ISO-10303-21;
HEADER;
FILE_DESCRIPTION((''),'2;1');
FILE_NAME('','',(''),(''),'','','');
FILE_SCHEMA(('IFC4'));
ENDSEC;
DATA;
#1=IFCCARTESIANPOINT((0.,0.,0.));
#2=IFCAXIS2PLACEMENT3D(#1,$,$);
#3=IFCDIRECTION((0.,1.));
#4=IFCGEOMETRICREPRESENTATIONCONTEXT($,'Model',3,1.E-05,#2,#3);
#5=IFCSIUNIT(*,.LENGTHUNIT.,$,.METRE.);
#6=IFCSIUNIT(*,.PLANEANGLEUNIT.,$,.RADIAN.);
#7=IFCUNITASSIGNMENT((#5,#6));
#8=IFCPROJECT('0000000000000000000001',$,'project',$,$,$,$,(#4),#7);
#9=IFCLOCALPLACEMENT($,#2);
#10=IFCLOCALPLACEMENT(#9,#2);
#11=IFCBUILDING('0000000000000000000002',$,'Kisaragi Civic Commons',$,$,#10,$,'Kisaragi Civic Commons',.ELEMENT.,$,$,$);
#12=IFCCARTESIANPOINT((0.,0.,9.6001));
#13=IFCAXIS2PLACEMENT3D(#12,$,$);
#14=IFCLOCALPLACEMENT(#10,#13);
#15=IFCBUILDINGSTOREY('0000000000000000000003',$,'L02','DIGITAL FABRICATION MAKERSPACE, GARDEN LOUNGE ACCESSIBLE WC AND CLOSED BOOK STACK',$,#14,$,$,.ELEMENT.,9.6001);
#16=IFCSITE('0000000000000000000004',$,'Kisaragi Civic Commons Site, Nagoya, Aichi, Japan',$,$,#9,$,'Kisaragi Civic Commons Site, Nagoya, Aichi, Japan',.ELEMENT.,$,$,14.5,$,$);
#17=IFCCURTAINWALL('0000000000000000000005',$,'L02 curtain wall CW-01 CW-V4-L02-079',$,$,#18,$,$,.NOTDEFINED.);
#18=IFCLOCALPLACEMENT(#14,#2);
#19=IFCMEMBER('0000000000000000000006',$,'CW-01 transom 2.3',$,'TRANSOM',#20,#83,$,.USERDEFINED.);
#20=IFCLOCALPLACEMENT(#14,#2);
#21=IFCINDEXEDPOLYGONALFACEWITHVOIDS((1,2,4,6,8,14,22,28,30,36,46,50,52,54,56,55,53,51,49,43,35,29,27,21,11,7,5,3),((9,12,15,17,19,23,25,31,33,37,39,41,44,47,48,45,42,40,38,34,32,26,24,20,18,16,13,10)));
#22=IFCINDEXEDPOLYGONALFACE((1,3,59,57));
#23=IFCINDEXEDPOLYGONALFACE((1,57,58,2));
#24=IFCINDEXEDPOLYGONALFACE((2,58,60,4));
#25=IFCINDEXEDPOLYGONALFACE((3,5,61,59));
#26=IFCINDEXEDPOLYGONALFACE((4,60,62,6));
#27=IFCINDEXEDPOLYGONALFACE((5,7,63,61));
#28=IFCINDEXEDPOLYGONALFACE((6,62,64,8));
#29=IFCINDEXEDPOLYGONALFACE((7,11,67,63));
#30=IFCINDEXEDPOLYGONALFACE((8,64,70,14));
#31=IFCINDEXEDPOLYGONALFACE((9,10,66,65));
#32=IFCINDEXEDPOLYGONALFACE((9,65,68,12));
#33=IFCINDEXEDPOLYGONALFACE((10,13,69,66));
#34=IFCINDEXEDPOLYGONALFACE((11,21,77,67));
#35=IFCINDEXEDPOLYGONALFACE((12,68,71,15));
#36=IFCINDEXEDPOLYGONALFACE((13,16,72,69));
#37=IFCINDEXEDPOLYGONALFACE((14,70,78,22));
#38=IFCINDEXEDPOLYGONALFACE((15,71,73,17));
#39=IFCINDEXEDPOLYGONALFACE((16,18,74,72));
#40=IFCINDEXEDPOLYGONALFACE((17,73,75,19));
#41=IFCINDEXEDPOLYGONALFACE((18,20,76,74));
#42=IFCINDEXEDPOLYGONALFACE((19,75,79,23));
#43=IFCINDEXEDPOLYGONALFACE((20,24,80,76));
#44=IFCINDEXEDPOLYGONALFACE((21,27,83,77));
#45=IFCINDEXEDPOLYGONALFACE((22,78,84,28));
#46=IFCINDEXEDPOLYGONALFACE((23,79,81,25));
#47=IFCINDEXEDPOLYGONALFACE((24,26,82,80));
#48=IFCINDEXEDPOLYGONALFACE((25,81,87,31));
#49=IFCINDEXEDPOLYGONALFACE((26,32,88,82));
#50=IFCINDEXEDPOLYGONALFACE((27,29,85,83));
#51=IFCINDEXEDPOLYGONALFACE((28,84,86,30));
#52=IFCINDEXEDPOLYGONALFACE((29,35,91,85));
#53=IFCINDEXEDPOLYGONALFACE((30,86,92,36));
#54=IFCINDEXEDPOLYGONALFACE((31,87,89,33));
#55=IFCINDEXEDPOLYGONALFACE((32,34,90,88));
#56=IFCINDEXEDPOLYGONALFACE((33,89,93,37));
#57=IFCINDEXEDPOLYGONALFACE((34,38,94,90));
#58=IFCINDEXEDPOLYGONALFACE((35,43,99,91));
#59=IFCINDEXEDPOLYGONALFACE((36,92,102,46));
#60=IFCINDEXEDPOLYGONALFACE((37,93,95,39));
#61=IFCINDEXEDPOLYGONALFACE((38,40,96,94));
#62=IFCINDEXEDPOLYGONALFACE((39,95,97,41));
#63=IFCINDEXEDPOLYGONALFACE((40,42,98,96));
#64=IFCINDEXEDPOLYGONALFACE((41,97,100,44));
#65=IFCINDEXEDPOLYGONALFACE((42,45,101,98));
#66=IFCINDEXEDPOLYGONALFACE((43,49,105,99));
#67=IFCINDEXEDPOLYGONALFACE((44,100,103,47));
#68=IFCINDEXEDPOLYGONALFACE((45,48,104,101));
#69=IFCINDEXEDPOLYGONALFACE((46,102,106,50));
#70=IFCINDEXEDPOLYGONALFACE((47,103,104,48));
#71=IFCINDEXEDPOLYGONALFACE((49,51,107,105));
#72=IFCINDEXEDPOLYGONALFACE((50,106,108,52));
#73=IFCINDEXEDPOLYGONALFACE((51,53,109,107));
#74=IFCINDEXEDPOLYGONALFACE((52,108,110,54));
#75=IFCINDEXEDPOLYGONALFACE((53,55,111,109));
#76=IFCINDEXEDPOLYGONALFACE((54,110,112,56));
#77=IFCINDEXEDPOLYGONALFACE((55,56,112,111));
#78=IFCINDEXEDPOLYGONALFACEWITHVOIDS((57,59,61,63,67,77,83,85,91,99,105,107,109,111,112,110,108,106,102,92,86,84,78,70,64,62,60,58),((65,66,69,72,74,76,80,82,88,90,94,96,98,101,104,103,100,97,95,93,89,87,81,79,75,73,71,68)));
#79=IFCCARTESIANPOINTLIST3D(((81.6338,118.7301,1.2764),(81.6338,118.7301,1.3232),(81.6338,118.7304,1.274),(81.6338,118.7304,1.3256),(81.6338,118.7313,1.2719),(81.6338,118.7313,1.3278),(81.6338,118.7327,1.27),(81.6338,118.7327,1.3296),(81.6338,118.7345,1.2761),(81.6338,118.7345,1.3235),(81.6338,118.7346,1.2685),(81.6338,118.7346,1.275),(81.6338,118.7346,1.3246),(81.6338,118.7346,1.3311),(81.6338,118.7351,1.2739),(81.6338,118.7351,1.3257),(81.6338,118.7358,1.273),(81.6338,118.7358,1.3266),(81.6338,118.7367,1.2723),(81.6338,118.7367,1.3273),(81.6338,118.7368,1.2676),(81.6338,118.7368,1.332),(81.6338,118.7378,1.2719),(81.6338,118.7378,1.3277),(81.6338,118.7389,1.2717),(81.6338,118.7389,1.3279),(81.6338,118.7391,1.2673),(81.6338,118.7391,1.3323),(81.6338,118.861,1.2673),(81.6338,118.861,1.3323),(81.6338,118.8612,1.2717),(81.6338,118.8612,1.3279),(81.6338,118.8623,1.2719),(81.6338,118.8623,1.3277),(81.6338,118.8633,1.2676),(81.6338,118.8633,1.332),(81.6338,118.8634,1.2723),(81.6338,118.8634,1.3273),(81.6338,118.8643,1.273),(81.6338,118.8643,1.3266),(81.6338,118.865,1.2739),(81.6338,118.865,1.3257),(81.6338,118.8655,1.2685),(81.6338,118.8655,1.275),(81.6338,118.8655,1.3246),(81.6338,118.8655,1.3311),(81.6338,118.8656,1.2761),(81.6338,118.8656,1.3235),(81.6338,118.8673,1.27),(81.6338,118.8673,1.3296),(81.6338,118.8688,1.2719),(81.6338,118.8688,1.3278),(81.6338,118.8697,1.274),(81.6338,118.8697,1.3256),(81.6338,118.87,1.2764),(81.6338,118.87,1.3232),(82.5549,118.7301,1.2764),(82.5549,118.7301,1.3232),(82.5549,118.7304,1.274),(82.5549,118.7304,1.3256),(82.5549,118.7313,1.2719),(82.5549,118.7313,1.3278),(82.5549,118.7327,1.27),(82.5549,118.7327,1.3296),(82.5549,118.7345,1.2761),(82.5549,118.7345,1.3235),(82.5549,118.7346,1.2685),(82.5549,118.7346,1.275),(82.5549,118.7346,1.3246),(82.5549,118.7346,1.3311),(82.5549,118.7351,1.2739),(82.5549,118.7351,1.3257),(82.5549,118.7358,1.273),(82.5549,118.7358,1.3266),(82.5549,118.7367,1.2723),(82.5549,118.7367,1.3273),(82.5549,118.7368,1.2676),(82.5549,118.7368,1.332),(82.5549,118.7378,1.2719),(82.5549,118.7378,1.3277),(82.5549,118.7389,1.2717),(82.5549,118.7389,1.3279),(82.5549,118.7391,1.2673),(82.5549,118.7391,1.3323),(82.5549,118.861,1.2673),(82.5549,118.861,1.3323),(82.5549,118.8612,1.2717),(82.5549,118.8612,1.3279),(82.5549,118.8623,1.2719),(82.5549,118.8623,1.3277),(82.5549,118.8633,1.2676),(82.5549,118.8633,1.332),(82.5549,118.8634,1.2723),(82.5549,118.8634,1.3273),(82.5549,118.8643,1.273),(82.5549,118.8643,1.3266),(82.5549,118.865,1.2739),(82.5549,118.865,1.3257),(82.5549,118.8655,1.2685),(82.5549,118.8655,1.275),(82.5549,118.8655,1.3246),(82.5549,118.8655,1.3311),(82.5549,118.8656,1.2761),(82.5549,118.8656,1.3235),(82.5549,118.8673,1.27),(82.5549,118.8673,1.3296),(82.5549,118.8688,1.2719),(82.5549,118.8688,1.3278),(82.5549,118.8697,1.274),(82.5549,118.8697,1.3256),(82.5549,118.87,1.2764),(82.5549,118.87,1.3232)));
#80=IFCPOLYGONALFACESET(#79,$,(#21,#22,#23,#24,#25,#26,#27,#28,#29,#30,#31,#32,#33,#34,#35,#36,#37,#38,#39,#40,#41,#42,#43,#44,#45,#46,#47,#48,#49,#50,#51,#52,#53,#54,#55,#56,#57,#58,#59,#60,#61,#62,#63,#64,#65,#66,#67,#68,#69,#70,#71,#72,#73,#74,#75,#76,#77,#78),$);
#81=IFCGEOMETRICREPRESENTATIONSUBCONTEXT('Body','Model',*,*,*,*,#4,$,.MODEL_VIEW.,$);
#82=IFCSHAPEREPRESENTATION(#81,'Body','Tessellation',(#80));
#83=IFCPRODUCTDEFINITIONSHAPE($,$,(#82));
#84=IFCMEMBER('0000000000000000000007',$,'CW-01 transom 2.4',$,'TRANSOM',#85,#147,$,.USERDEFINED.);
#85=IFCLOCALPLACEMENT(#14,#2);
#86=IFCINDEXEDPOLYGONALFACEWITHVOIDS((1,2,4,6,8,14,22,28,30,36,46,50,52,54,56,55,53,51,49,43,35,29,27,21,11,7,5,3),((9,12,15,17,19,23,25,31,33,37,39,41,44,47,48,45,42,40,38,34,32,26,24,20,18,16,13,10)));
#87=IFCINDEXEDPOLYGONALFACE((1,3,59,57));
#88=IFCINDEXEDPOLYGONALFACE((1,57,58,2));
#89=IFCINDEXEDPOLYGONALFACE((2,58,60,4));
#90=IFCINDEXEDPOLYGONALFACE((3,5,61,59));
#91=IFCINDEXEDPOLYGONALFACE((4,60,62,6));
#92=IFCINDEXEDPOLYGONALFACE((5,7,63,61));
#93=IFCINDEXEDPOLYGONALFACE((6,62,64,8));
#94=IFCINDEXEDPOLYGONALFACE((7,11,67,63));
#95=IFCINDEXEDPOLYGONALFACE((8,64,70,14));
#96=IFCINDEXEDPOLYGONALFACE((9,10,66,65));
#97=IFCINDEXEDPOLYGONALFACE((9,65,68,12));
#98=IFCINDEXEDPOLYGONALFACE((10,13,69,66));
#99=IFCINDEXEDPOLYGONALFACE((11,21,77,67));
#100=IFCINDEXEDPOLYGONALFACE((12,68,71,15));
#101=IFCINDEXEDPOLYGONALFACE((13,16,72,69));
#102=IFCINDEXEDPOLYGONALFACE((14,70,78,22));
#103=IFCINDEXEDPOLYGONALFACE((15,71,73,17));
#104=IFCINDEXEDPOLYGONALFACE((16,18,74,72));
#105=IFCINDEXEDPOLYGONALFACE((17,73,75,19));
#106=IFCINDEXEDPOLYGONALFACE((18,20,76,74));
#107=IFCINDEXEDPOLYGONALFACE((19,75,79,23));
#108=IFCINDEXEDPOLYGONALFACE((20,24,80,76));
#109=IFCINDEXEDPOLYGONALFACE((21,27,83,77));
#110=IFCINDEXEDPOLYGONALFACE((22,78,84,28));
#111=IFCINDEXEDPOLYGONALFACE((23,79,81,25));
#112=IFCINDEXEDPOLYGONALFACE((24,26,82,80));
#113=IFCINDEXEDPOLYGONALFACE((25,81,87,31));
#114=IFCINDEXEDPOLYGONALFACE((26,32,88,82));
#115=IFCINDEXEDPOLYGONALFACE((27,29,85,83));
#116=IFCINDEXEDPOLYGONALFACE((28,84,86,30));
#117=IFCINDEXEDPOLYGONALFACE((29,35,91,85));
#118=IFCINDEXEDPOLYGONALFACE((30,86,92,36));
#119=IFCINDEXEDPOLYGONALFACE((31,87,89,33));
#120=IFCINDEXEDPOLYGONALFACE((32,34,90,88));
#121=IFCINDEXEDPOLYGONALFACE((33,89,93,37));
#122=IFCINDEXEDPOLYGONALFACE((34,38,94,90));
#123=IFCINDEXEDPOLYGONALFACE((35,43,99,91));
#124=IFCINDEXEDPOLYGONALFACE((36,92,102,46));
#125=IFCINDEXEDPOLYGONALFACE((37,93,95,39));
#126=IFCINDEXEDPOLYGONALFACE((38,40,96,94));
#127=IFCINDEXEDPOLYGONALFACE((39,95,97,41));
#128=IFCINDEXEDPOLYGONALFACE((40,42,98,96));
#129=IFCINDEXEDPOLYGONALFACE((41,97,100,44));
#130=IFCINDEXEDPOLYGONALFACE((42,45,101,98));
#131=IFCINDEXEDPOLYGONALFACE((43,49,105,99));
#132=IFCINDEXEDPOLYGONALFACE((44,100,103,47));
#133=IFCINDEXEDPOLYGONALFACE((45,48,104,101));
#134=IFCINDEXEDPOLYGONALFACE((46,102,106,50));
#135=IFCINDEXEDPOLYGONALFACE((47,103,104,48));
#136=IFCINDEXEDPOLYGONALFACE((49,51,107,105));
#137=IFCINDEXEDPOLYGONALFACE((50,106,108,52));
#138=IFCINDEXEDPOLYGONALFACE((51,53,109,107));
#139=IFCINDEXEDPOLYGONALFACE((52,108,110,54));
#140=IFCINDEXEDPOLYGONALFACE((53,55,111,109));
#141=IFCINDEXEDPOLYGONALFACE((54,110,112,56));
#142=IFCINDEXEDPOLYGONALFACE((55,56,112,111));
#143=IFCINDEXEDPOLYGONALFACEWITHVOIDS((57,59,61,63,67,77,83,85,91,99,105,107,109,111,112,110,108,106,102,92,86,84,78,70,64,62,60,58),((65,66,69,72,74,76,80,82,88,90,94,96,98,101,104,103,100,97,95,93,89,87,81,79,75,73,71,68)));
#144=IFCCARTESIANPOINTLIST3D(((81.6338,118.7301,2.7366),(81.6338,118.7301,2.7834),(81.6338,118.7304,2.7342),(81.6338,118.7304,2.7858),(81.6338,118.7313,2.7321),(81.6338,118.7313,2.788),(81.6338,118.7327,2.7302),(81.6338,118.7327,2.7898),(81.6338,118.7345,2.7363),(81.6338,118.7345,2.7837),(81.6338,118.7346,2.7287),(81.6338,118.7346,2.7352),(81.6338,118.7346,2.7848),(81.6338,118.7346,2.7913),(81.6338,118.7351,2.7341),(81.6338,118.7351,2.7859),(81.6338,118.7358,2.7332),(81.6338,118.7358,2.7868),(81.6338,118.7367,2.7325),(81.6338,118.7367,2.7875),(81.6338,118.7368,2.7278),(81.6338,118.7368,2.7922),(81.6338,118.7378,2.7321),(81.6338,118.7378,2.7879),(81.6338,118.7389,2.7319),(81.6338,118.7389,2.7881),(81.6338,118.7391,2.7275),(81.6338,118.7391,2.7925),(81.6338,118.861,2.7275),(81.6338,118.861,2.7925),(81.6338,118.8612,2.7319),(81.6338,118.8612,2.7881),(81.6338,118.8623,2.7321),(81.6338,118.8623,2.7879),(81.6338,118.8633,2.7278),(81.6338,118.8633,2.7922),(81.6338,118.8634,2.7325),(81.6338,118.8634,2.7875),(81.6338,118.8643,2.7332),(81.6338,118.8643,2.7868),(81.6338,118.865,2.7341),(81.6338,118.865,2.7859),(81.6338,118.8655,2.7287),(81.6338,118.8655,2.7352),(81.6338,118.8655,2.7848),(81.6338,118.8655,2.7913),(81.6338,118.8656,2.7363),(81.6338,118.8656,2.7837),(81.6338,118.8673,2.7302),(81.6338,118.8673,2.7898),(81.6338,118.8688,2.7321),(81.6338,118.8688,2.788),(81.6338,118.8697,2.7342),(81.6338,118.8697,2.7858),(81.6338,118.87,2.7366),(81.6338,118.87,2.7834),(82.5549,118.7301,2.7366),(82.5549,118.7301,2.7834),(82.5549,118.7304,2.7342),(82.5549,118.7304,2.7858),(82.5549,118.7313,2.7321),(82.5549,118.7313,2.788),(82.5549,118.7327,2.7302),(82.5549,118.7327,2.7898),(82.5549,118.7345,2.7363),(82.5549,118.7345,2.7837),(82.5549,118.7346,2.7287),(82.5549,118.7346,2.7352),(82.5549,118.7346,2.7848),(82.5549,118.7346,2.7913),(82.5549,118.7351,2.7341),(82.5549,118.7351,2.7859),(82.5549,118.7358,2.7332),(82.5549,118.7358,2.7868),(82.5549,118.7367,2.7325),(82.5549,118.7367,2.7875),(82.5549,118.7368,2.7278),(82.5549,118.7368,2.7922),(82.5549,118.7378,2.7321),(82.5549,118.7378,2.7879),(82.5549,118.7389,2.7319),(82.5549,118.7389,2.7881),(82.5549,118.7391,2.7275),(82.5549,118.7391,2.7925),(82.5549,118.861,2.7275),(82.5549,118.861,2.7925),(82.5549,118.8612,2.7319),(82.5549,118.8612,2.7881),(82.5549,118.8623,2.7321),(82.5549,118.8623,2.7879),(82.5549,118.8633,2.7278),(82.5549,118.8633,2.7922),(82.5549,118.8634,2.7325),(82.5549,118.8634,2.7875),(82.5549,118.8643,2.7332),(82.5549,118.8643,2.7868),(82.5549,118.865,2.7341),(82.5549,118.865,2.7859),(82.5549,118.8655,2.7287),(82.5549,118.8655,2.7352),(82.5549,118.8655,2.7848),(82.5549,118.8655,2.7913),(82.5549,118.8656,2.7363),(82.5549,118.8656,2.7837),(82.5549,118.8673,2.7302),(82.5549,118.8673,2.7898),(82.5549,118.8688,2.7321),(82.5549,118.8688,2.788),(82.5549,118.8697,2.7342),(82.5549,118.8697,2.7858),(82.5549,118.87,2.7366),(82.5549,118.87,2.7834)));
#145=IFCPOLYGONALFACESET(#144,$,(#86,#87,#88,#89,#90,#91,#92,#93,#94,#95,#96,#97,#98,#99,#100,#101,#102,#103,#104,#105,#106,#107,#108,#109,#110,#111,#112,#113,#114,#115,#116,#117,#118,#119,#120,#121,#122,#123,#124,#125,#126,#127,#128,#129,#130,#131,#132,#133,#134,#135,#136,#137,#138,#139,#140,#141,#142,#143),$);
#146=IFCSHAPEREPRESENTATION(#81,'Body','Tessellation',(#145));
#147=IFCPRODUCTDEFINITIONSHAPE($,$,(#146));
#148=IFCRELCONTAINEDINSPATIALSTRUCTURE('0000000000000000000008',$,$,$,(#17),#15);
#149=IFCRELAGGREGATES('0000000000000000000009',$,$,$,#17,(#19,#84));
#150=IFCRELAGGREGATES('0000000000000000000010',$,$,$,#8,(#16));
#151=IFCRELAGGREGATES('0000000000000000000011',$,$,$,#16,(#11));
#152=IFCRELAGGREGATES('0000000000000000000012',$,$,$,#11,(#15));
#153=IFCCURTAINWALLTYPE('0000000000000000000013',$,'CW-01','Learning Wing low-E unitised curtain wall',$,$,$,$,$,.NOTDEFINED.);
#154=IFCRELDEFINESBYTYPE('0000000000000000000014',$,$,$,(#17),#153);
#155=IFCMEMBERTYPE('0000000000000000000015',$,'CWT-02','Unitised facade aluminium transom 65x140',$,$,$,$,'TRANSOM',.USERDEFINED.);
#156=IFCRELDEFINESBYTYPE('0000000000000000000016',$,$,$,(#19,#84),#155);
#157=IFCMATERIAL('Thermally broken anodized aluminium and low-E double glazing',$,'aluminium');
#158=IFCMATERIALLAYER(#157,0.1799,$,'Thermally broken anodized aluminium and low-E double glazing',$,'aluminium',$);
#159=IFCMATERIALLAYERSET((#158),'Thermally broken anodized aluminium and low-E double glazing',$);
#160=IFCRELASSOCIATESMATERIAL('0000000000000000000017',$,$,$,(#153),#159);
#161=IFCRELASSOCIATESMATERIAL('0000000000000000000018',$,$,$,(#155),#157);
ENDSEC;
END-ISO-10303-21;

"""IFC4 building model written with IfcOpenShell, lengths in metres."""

from ifc_helpers import new_model, si_unit, direction, frame, origin, origin_2d, place, context, subcontext, project, spatial, hollow_rectangle, extrude, material, layer, layer_set, material_profile, profile_set, type_object, element, aggregate, save


model = new_model("IFC4")

# Units and contexts
model_context = context("Model", 3, precision=1e-05, world=origin(), true_north=direction((0.0, 1.0)))
body_context = subcontext(model_context, "Body", "Model", "MODEL_VIEW")
ifc_project = project(units=[si_unit("LENGTHUNIT", "METRE"), si_unit("PLANEANGLEUNIT", "RADIAN")], contexts=[model_context])

# Site, building, storey
site_placement = place(None, origin())
site = spatial("IfcSite", under=ifc_project, at=site_placement, Name="Kisaragi Civic Commons Site, Nagoya, Aichi, Japan", LongName="Kisaragi Civic Commons Site, Nagoya, Aichi, Japan", CompositionType="ELEMENT", RefElevation=14.5)
building_placement = place(site_placement, origin())
building = spatial("IfcBuilding", under=site, at=building_placement, Name="Kisaragi Civic Commons", LongName="Kisaragi Civic Commons", CompositionType="ELEMENT")
storey_placement = place(building_placement, frame((0.0, 0.0, 9.6001)))
storey = spatial("IfcBuildingStorey", under=building, at=storey_placement, Name="L02", Description="DIGITAL FABRICATION MAKERSPACE, GARDEN LOUNGE ACCESSIBLE WC AND CLOSED BOOK STACK", CompositionType="ELEMENT", Elevation=9.6001)

# Curtain wall, members
ifc_material_1 = material(Name="Thermally broken anodized aluminium and low-E double glazing", Category="aluminium")
ifc_layer_1 = layer(ifc_material_1, 0.1799, Name="Thermally broken anodized aluminium and low-E double glazing", Category="aluminium")
ifc_layer_set_1 = layer_set([ifc_layer_1], Name="Thermally broken anodized aluminium and low-E double glazing")
curtain_wall_type = type_object("IfcCurtainWallType", Name="CW-01", Description="Learning Wing low-E unitised curtain wall", PredefinedType="NOTDEFINED", material=ifc_layer_set_1)
curtain_wall_placement = place(storey_placement, origin())
curtain_wall = element("IfcCurtainWall", 1, at=curtain_wall_placement, inside=storey, type_object=curtain_wall_type, Name="L02 curtain wall CW-01 CW-V4-L02-079", PredefinedType="NOTDEFINED")
ifc_material_profile_1 = material_profile(ifc_material_1, hollow_rectangle(XDim=0.1399, YDim=0.0649, WallThickness=0.0044, InnerFilletRadius=0.0044, OuterFilletRadius=0.009, at=origin_2d()), Name="CWT-65x140x4.5", Category="aluminium")
ifc_profile_set_1 = profile_set([ifc_material_profile_1], Name="Thermally broken anodized aluminium and low-E double glazing")
member_type_1 = type_object("IfcMemberType", Name="CWT-02", Description="Unitised facade aluminium transom 65x140", ElementType="TRANSOM", PredefinedType="USERDEFINED", material=ifc_profile_set_1)
member_1_placement = place(storey_placement, frame((81.6338, 118.8, 1.2998), z_axis=(1.0, 0.0, 0.0), x_axis=(0.0, 1.0, 0.0)))
member_1 = element("IfcMember", 2, at=member_1_placement, type_object=member_type_1, Name="CW-01 transom 2.3", ObjectType="TRANSOM", PredefinedType="USERDEFINED", context=body_context, shape_type="SweptSolid", body=[
    extrude(hollow_rectangle(XDim=0.1399, YDim=0.0649, WallThickness=0.0044, InnerFilletRadius=0.0044, OuterFilletRadius=0.009, at=origin_2d()), origin(), (0.0, 0.0, 1.0), 0.9211),
])
member_2_placement = place(storey_placement, frame((81.6338, 118.8, 2.76), z_axis=(1.0, 0.0, 0.0), x_axis=(0.0, 1.0, 0.0)))
member_2 = element("IfcMember", 3, at=member_2_placement, type_object=member_type_1, Name="CW-01 transom 2.4", ObjectType="TRANSOM", PredefinedType="USERDEFINED", context=body_context, shape_type="SweptSolid", body=[
    extrude(hollow_rectangle(XDim=0.1399, YDim=0.0649, WallThickness=0.0044, InnerFilletRadius=0.0044, OuterFilletRadius=0.009, at=origin_2d()), origin(), (0.0, 0.0, 1.0), 0.9211),
])
aggregate(curtain_wall, [member_1, member_2])

save(model, "model.ifc")
